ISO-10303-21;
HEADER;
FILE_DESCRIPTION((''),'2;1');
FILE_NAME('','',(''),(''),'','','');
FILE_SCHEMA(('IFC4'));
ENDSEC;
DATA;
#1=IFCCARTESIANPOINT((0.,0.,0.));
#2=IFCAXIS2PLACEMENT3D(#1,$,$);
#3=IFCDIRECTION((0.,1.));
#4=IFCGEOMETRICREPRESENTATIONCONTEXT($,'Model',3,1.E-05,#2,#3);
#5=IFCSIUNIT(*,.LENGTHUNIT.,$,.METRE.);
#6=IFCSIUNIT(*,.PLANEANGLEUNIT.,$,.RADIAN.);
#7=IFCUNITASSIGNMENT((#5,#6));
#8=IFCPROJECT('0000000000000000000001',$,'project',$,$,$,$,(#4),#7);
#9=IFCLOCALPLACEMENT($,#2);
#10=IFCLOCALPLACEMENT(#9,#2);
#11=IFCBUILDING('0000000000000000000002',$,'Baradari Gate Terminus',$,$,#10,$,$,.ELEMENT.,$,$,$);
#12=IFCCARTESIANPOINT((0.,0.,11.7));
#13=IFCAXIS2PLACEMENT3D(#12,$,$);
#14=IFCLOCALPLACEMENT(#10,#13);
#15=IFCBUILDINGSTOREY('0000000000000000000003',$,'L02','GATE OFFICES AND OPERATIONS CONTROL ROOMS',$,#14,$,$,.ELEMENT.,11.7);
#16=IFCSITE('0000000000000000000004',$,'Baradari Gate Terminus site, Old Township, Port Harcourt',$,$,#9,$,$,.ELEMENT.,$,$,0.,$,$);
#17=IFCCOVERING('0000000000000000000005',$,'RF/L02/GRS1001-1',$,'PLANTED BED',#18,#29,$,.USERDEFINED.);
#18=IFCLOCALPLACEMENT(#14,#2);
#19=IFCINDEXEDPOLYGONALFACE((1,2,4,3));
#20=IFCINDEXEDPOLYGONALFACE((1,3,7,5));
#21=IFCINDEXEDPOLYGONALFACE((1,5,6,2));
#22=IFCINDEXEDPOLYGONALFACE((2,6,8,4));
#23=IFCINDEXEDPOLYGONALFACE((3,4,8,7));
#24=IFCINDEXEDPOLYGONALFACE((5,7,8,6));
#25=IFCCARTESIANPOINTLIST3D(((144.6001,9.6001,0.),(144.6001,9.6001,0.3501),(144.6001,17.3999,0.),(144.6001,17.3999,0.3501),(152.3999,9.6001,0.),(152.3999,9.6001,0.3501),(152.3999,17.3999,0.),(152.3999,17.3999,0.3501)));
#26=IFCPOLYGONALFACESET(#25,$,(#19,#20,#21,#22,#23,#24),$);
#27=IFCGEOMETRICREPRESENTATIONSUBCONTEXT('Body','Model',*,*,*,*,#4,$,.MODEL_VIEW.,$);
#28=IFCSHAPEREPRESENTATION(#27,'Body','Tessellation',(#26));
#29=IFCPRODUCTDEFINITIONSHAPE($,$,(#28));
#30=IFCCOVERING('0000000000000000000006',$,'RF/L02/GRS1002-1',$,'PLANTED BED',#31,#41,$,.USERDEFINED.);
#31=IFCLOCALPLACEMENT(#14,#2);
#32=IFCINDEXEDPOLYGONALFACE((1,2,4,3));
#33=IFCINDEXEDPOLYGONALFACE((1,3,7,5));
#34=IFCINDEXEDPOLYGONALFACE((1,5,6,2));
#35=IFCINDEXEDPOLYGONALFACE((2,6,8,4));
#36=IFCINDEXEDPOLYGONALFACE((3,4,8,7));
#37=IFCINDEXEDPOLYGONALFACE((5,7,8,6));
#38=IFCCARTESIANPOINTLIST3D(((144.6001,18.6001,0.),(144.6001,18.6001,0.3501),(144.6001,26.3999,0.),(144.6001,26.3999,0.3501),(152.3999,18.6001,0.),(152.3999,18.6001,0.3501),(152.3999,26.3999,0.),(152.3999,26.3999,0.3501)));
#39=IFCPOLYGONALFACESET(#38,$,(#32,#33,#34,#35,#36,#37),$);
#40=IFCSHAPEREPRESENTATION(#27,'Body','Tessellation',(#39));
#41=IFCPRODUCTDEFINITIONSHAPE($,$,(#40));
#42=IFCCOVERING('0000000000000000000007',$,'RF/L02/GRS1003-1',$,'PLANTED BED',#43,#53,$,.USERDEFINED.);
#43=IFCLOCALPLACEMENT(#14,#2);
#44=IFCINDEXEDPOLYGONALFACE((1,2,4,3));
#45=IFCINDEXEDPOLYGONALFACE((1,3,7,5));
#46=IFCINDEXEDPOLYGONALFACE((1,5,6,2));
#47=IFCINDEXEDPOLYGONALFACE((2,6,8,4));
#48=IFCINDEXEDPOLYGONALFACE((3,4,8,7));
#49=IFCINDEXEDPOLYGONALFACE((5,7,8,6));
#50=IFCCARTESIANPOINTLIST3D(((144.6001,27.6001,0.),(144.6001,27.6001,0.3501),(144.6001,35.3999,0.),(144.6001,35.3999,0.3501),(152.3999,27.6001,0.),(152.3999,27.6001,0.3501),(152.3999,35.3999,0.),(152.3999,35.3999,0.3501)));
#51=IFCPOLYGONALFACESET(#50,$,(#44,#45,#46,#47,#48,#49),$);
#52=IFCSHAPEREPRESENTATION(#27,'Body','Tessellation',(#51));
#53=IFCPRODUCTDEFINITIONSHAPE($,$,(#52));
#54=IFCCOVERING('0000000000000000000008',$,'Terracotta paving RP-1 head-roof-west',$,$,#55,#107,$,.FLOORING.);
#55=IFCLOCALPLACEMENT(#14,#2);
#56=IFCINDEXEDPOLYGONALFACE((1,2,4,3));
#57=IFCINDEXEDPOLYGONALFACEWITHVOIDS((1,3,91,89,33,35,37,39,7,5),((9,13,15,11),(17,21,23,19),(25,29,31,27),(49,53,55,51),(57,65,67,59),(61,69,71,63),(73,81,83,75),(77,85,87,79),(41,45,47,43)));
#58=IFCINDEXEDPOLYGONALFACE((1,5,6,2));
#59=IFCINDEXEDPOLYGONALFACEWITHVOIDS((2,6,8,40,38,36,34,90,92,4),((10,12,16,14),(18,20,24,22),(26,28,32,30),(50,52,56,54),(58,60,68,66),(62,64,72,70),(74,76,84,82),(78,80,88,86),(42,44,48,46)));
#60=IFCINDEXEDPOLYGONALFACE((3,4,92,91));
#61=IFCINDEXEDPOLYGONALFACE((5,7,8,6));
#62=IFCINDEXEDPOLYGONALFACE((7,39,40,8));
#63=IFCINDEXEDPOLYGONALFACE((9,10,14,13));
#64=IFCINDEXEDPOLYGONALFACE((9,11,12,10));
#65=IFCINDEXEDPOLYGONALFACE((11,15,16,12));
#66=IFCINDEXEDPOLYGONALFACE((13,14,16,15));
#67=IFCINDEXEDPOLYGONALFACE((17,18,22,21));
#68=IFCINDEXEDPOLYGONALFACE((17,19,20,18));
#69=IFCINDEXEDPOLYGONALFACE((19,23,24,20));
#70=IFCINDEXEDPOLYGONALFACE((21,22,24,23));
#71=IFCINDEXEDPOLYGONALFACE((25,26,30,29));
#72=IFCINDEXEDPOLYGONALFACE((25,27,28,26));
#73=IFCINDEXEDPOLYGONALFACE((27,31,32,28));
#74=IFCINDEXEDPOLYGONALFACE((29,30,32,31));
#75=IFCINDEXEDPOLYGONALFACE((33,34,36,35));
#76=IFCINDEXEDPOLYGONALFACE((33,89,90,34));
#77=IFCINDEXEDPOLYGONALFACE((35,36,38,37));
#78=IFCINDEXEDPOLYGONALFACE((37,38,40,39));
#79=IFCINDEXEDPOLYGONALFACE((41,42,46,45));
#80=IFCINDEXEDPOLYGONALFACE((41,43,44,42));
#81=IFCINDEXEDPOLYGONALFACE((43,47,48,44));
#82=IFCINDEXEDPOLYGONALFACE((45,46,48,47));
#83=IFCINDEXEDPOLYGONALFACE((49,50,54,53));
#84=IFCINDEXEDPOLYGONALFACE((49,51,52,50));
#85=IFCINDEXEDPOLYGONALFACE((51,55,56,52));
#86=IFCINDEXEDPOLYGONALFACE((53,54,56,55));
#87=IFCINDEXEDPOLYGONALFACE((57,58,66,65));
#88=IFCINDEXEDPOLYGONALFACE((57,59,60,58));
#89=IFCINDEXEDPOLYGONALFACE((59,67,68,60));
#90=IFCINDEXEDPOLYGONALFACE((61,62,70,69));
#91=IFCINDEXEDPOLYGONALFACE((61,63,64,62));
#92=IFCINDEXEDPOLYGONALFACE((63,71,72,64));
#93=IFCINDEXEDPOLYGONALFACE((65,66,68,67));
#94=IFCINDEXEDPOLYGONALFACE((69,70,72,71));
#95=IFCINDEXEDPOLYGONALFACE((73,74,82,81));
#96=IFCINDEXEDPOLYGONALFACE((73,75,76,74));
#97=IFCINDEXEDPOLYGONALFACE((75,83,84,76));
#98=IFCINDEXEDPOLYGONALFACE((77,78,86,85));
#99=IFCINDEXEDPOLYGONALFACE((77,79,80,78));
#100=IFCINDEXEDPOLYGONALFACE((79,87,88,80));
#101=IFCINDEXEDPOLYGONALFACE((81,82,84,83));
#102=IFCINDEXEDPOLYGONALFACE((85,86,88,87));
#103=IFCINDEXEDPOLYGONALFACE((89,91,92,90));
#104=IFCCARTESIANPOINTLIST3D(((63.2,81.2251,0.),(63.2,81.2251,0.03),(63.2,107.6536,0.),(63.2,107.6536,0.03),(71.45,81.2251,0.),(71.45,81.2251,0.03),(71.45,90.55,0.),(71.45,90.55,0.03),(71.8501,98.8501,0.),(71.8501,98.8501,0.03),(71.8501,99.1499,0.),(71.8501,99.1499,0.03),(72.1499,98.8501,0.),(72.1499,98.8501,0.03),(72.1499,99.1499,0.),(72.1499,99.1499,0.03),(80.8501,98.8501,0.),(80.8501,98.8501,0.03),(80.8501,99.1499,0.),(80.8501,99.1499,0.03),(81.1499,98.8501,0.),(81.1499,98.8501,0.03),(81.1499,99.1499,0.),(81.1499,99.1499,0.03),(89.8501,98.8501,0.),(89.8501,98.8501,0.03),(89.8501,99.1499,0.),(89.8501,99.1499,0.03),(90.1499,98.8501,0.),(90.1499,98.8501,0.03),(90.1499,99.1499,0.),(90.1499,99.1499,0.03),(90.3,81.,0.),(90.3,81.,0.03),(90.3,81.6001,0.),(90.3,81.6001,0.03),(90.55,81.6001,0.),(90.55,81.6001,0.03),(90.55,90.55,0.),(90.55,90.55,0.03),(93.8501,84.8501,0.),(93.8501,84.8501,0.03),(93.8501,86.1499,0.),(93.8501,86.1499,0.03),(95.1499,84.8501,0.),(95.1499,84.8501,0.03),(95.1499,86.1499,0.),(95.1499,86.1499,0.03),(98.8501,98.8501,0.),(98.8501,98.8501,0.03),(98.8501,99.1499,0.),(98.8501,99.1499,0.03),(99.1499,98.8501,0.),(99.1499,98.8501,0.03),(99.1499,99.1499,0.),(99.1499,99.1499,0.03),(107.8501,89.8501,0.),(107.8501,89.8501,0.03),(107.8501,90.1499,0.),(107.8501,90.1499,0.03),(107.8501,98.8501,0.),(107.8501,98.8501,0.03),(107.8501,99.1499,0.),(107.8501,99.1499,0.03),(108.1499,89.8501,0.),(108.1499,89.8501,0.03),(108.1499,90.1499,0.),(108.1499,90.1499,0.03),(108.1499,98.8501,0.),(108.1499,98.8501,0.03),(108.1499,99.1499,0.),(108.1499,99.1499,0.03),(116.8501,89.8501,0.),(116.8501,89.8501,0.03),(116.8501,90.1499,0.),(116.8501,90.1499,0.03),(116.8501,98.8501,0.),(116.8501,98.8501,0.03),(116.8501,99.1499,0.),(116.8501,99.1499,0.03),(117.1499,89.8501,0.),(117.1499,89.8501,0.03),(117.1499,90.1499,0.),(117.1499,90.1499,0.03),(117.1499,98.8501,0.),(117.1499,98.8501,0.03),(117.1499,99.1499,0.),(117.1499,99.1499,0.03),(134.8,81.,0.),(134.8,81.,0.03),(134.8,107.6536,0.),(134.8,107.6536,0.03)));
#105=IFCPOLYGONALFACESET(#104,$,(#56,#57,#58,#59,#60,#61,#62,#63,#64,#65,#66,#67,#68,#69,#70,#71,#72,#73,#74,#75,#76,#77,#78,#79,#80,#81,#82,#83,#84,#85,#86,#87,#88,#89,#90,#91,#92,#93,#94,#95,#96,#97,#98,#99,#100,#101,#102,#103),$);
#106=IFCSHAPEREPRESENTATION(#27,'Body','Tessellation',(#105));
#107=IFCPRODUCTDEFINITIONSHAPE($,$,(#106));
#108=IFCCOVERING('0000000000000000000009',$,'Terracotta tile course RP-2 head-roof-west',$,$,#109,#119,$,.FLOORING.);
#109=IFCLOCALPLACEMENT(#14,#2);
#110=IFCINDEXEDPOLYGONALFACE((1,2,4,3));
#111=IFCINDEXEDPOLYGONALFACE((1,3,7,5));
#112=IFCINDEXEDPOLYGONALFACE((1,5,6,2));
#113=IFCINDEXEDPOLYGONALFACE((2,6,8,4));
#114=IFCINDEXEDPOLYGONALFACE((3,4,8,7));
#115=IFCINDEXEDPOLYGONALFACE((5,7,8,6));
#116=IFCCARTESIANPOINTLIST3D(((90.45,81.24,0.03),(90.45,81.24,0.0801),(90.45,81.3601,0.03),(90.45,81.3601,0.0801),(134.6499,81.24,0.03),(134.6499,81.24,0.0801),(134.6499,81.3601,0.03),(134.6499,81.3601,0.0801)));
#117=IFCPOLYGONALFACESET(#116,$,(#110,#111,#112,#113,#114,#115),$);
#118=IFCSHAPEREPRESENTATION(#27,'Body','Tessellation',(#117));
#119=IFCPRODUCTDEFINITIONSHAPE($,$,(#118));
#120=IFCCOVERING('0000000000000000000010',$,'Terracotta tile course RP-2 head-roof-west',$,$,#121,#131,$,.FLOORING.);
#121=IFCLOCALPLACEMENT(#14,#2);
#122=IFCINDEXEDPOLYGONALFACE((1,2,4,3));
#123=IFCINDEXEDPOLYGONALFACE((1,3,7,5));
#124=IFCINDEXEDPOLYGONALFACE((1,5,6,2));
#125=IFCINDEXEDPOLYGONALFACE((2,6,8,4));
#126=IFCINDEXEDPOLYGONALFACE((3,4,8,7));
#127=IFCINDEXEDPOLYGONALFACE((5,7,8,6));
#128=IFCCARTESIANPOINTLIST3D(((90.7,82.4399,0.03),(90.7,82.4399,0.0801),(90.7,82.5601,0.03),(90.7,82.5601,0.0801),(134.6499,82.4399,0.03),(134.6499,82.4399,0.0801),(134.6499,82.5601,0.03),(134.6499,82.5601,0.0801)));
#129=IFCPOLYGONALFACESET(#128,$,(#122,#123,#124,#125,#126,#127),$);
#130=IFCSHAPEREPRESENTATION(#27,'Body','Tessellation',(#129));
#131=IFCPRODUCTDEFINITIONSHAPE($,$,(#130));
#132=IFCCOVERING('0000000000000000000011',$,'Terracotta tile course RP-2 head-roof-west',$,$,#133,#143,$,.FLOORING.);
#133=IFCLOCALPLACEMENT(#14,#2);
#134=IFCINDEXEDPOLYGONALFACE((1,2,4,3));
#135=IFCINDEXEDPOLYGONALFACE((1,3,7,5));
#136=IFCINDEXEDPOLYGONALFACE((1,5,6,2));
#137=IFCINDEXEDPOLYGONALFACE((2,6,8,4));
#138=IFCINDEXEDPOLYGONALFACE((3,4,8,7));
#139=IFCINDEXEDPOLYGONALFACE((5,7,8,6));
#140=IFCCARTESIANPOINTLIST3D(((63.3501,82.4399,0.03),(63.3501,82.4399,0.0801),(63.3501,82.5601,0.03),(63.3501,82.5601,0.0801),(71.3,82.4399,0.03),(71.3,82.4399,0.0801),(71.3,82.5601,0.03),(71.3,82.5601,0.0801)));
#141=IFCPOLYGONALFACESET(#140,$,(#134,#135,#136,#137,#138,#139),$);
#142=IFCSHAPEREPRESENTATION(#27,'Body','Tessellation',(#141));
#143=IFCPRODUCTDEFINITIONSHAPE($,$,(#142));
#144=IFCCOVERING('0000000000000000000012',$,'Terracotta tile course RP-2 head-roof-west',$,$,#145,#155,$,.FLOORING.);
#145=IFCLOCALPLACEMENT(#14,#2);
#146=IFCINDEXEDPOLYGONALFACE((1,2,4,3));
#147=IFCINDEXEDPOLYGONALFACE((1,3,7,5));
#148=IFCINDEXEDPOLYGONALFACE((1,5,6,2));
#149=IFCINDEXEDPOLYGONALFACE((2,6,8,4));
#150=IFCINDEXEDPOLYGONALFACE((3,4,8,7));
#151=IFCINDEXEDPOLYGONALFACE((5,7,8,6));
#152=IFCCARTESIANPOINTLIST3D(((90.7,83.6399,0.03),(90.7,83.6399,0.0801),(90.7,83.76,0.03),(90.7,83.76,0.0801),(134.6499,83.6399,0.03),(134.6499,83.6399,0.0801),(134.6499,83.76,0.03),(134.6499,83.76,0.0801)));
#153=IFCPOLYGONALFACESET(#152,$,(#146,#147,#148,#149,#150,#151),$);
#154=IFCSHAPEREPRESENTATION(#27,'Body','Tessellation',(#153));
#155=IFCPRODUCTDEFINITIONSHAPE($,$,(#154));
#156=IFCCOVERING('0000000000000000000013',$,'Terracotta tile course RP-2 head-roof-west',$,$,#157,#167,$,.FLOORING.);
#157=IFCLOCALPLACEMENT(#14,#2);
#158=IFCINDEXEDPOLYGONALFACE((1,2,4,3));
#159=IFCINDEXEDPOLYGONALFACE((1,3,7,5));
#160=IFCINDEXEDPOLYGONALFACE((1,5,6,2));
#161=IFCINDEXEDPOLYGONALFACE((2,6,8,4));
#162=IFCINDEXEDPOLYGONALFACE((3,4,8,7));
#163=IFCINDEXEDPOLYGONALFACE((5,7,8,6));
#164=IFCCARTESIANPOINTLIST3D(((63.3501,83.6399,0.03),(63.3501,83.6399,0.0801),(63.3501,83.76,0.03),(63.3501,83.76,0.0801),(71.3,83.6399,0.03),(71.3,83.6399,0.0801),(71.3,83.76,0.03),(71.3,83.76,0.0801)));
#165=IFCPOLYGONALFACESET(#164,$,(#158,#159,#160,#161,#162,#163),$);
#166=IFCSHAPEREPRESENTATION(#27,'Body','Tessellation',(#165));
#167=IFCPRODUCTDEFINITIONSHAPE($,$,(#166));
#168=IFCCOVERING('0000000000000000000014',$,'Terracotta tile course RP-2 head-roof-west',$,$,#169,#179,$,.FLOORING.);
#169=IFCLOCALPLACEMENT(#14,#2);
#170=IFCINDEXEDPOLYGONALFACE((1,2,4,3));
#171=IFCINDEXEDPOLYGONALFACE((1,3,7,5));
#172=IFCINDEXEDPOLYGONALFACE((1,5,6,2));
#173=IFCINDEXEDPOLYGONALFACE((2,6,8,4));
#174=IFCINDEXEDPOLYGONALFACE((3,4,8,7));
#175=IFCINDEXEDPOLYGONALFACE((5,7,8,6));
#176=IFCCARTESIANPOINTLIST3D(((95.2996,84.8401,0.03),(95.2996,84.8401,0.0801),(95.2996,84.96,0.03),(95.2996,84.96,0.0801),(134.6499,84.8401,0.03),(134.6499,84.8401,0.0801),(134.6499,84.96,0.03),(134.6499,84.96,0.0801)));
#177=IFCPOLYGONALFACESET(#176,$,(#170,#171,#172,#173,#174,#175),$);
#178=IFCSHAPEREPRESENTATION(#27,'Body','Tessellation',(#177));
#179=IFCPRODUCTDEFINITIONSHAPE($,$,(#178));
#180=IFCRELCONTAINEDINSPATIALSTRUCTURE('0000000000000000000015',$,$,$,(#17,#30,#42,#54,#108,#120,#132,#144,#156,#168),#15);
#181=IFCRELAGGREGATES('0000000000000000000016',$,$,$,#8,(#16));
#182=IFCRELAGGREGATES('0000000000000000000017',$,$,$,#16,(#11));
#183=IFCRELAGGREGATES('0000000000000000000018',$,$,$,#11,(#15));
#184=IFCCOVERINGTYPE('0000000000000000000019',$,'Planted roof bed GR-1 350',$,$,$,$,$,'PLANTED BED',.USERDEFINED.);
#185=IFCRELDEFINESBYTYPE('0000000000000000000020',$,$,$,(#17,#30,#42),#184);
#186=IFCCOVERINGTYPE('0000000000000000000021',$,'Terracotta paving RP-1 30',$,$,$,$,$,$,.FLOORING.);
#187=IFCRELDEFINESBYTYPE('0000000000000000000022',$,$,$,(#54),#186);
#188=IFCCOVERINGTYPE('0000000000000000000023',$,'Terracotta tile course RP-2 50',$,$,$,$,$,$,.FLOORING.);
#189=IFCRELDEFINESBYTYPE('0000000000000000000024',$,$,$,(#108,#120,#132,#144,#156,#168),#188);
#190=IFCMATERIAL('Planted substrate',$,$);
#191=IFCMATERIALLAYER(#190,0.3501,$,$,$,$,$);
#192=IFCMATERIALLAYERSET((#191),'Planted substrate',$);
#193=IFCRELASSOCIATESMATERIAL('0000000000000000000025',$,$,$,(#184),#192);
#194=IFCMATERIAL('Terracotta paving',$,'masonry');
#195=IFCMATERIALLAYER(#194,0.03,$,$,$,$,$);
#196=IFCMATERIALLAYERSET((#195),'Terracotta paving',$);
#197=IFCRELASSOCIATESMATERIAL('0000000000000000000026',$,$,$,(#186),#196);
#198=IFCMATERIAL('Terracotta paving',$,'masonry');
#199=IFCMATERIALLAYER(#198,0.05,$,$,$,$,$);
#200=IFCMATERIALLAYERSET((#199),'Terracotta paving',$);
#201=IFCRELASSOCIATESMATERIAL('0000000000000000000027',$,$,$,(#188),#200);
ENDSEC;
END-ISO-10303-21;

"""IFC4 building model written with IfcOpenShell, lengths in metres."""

from ifc_helpers import new_model, si_unit, direction, frame, origin, place, context, subcontext, project, spatial, polyline, outline, extrude, material, layer, layer_set, type_object, element, save


model = new_model("IFC4")

# Units and contexts
model_context = context("Model", 3, precision=1e-05, world=origin(), true_north=direction((0.0, 1.0)))
body_context = subcontext(model_context, "Body", "Model", "MODEL_VIEW")
ifc_project = project(units=[si_unit("LENGTHUNIT", "METRE"), si_unit("PLANEANGLEUNIT", "RADIAN")], contexts=[model_context])

# Site, building, storey
site_placement = place(None, origin())
site = spatial("IfcSite", under=ifc_project, at=site_placement, Name="Baradari Gate Terminus site, Old Township, Port Harcourt", CompositionType="ELEMENT", RefElevation=0.0)
building_placement = place(site_placement, origin())
building = spatial("IfcBuilding", under=site, at=building_placement, Name="Baradari Gate Terminus", CompositionType="ELEMENT")
storey_placement = place(building_placement, frame((0.0, 0.0, 11.7)))
storey = spatial("IfcBuildingStorey", under=building, at=storey_placement, Name="L02", Description="GATE OFFICES AND OPERATIONS CONTROL ROOMS", CompositionType="ELEMENT", Elevation=11.7)

# Coverings
ifc_material_1 = material(Name="Planted substrate")
ifc_layer_1 = layer(ifc_material_1, 0.3501)
ifc_layer_set_1 = layer_set([ifc_layer_1], Name="Planted substrate")
covering_type_1 = type_object("IfcCoveringType", Name="Planted roof bed GR-1 350", ElementType="PLANTED BED", PredefinedType="USERDEFINED", material=ifc_layer_set_1)
covering_1_placement = place(storey_placement, origin())
element("IfcCovering", 1, at=covering_1_placement, inside=storey, type_object=covering_type_1, Name="RF/L02/GRS1001-1", ObjectType="PLANTED BED", PredefinedType="USERDEFINED", context=body_context, shape_type="SweptSolid", body=[
    extrude(outline(polyline([(144.6001, 17.3999), (152.3999, 17.3999), (152.3999, 9.6001), (144.6001, 9.6001), (144.6001, 17.3999)])), origin(), (0.0, 0.0, 1.0), 0.3501),
])
covering_2_placement = place(storey_placement, origin())
element("IfcCovering", 2, at=covering_2_placement, inside=storey, type_object=covering_type_1, Name="RF/L02/GRS1002-1", ObjectType="PLANTED BED", PredefinedType="USERDEFINED", context=body_context, shape_type="SweptSolid", body=[
    extrude(outline(polyline([(144.6001, 26.3999), (152.3999, 26.3999), (152.3999, 18.6001), (144.6001, 18.6001), (144.6001, 26.3999)])), origin(), (0.0, 0.0, 1.0), 0.3501),
])
covering_3_placement = place(storey_placement, origin())
element("IfcCovering", 3, at=covering_3_placement, inside=storey, type_object=covering_type_1, Name="RF/L02/GRS1003-1", ObjectType="PLANTED BED", PredefinedType="USERDEFINED", context=body_context, shape_type="SweptSolid", body=[
    extrude(outline(polyline([(144.6001, 35.3999), (152.3999, 35.3999), (152.3999, 27.6001), (144.6001, 27.6001), (144.6001, 35.3999)])), origin(), (0.0, 0.0, 1.0), 0.3501),
])
ifc_material_2 = material(Name="Terracotta paving", Category="masonry")
ifc_layer_2 = layer(ifc_material_2, 0.03)
ifc_layer_set_2 = layer_set([ifc_layer_2], Name="Terracotta paving")
covering_type_2 = type_object("IfcCoveringType", Name="Terracotta paving RP-1 30", PredefinedType="FLOORING", material=ifc_layer_set_2)
covering_4_placement = place(storey_placement, origin())
element("IfcCovering", 4, at=covering_4_placement, inside=storey, type_object=covering_type_2, Name="Terracotta paving RP-1 head-roof-west", PredefinedType="FLOORING", context=body_context, shape_type="SweptSolid", body=[
    extrude(outline(polyline([(63.2, 107.6536), (134.8, 107.6536), (134.8, 81.0), (90.3, 81.0), (90.3, 81.6001), (90.55, 81.6001), (90.55, 90.55), (71.45, 90.55), (71.45, 81.2251), (63.2, 81.2251), (63.2, 107.6536)]), holes=[polyline([(116.8501, 89.8501), (117.1499, 89.8501), (117.1499, 90.1499), (116.8501, 90.1499), (116.8501, 89.8501)]), polyline([(116.8501, 99.1499), (116.8501, 98.8501), (117.1499, 98.8501), (117.1499, 99.1499), (116.8501, 99.1499)]), polyline([(107.8501, 90.1499), (107.8501, 89.8501), (108.1499, 89.8501), (108.1499, 90.1499), (107.8501, 90.1499)]), polyline([(107.8501, 99.1499), (107.8501, 98.8501), (108.1499, 98.8501), (108.1499, 99.1499), (107.8501, 99.1499)]), polyline([(98.8501, 98.8501), (99.1499, 98.8501), (99.1499, 99.1499), (98.8501, 99.1499), (98.8501, 98.8501)]), polyline([(95.1499, 86.1499), (93.8501, 86.1499), (93.8501, 84.8501), (95.1499, 84.8501), (95.1499, 86.1499)]), polyline([(89.8501, 98.8501), (90.1499, 98.8501), (90.1499, 99.1499), (89.8501, 99.1499), (89.8501, 98.8501)]), polyline([(80.8501, 99.1499), (80.8501, 98.8501), (81.1499, 98.8501), (81.1499, 99.1499), (80.8501, 99.1499)]), polyline([(71.8501, 98.8501), (72.1499, 98.8501), (72.1499, 99.1499), (71.8501, 99.1499), (71.8501, 98.8501)])]), origin(), (0.0, 0.0, 1.0), 0.03),
])
ifc_material_3 = material(Name="Terracotta paving", Category="masonry")
ifc_layer_3 = layer(ifc_material_3, 0.05)
ifc_layer_set_3 = layer_set([ifc_layer_3], Name="Terracotta paving")
covering_type_3 = type_object("IfcCoveringType", Name="Terracotta tile course RP-2 50", PredefinedType="FLOORING", material=ifc_layer_set_3)
covering_5_placement = place(storey_placement, frame((0.0, 0.0, 0.03)))
element("IfcCovering", 5, at=covering_5_placement, inside=storey, type_object=covering_type_3, Name="Terracotta tile course RP-2 head-roof-west", PredefinedType="FLOORING", context=body_context, shape_type="SweptSolid", body=[
    extrude(outline(polyline([(134.6499, 81.24), (134.6499, 81.3601), (90.45, 81.3601), (90.45, 81.24), (134.6499, 81.24)])), origin(), (0.0, 0.0, 1.0), 0.05),
])
covering_6_placement = place(storey_placement, frame((0.0, 0.0, 0.03)))
element("IfcCovering", 6, at=covering_6_placement, inside=storey, type_object=covering_type_3, Name="Terracotta tile course RP-2 head-roof-west", PredefinedType="FLOORING", context=body_context, shape_type="SweptSolid", body=[
    extrude(outline(polyline([(134.6499, 82.4399), (134.6499, 82.5601), (90.7, 82.5601), (90.7, 82.4399), (134.6499, 82.4399)])), origin(), (0.0, 0.0, 1.0), 0.05),
])
covering_7_placement = place(storey_placement, frame((0.0, 0.0, 0.03)))
element("IfcCovering", 7, at=covering_7_placement, inside=storey, type_object=covering_type_3, Name="Terracotta tile course RP-2 head-roof-west", PredefinedType="FLOORING", context=body_context, shape_type="SweptSolid", body=[
    extrude(outline(polyline([(71.3, 82.4399), (71.3, 82.5601), (63.3501, 82.5601), (63.3501, 82.4399), (71.3, 82.4399)])), origin(), (0.0, 0.0, 1.0), 0.05),
])
covering_8_placement = place(storey_placement, frame((0.0, 0.0, 0.03)))
element("IfcCovering", 8, at=covering_8_placement, inside=storey, type_object=covering_type_3, Name="Terracotta tile course RP-2 head-roof-west", PredefinedType="FLOORING", context=body_context, shape_type="SweptSolid", body=[
    extrude(outline(polyline([(134.6499, 83.6399), (134.6499, 83.76), (90.7, 83.76), (90.7, 83.6399), (134.6499, 83.6399)])), origin(), (0.0, 0.0, 1.0), 0.05),
])
covering_9_placement = place(storey_placement, frame((0.0, 0.0, 0.03)))
element("IfcCovering", 9, at=covering_9_placement, inside=storey, type_object=covering_type_3, Name="Terracotta tile course RP-2 head-roof-west", PredefinedType="FLOORING", context=body_context, shape_type="SweptSolid", body=[
    extrude(outline(polyline([(71.3, 83.6399), (71.3, 83.76), (63.3501, 83.76), (63.3501, 83.6399), (71.3, 83.6399)])), origin(), (0.0, 0.0, 1.0), 0.05),
])
covering_10_placement = place(storey_placement, frame((0.0, 0.0, 0.03)))
element("IfcCovering", 10, at=covering_10_placement, inside=storey, type_object=covering_type_3, Name="Terracotta tile course RP-2 head-roof-west", PredefinedType="FLOORING", context=body_context, shape_type="SweptSolid", body=[
    extrude(outline(polyline([(134.6499, 84.8401), (134.6499, 84.96), (95.2996, 84.96), (95.2996, 84.8401), (134.6499, 84.8401)])), origin(), (0.0, 0.0, 1.0), 0.05),
])

save(model, "model.ifc")
